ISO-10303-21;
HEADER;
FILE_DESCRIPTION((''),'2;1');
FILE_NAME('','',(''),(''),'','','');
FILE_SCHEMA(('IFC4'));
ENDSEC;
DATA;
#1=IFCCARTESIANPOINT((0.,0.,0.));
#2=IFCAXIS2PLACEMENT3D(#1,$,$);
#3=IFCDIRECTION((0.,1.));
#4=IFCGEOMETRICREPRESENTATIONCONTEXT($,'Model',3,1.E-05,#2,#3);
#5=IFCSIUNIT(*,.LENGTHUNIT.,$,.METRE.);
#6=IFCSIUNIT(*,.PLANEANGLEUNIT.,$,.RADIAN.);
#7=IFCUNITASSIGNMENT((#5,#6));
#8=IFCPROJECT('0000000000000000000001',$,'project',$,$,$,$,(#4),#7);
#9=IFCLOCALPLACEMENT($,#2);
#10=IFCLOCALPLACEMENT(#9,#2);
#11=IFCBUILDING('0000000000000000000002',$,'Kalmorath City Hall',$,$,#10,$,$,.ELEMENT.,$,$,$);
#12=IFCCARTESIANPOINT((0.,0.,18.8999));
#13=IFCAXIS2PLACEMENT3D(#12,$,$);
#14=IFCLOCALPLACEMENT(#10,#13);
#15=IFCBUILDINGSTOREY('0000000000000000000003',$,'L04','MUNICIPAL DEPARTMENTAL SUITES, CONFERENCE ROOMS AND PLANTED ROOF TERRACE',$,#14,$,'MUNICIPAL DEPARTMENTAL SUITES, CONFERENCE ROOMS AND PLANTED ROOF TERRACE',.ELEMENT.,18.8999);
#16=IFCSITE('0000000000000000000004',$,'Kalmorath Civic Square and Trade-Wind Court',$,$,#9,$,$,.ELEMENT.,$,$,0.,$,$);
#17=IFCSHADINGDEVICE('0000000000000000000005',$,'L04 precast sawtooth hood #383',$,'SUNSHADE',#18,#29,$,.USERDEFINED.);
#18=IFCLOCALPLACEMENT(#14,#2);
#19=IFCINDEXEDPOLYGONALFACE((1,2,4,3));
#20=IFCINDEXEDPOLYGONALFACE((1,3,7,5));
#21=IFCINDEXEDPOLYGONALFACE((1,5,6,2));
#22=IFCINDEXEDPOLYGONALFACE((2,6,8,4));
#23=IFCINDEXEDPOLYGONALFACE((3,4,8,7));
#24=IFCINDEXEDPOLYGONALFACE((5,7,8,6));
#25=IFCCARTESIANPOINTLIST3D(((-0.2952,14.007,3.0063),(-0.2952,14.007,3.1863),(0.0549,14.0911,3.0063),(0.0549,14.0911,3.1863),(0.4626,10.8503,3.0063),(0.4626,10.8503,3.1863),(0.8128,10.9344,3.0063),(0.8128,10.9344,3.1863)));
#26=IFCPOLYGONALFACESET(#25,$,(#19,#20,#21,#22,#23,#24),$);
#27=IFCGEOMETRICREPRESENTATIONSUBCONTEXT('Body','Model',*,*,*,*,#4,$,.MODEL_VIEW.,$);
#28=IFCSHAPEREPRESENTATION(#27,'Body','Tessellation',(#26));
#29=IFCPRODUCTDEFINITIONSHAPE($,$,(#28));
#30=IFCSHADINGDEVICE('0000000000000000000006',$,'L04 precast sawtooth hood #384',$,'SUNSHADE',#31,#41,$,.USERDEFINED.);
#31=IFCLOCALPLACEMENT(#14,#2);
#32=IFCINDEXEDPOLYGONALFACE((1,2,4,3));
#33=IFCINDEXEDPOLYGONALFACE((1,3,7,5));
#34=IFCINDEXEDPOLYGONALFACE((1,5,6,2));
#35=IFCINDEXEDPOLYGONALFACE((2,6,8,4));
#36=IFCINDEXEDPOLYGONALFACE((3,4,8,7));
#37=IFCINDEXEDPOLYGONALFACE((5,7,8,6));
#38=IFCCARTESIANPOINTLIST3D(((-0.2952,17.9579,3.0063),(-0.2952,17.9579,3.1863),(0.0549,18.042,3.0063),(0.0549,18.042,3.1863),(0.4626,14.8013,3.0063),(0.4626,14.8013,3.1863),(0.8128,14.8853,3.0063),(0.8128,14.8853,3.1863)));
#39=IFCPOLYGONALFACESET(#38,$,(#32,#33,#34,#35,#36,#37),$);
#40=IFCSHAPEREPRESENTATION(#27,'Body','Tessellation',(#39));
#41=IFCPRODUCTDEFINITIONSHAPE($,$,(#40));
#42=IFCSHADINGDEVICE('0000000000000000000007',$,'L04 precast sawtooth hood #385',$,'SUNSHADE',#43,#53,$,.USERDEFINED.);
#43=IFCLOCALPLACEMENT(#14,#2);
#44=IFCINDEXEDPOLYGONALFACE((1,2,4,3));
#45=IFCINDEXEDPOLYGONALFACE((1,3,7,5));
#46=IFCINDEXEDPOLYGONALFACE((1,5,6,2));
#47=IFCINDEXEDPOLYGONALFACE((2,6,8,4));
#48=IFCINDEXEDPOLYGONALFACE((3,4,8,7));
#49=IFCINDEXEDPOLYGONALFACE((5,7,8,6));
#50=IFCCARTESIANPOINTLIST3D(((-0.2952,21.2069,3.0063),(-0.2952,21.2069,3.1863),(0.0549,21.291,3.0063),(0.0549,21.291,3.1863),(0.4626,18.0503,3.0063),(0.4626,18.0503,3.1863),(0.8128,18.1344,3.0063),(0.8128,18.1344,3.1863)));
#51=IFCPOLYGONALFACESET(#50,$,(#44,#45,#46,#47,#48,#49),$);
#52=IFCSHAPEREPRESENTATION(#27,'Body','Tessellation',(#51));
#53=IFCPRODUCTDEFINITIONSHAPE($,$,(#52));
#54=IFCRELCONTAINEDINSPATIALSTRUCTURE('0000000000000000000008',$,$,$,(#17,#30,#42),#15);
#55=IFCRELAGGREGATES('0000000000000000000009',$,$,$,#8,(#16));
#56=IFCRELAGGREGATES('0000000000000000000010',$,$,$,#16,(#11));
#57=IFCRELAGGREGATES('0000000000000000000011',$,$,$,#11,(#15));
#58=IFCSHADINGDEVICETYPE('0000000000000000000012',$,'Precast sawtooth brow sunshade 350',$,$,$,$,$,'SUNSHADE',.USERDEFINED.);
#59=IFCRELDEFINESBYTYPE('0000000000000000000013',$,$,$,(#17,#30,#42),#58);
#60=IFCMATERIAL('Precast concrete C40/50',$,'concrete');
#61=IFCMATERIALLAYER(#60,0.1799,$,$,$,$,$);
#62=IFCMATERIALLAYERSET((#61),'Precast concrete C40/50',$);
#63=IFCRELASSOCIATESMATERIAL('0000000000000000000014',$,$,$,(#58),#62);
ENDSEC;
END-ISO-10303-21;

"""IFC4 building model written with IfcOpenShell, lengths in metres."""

from ifc_helpers import new_model, si_unit, direction, frame, origin, origin_2d, place, context, subcontext, project, spatial, rectangle, extrude, material, layer, layer_set, type_object, element, save


model = new_model("IFC4")

# Units and contexts
model_context = context("Model", 3, precision=1e-05, world=origin(), true_north=direction((0.0, 1.0)))
body_context = subcontext(model_context, "Body", "Model", "MODEL_VIEW")
ifc_project = project(units=[si_unit("LENGTHUNIT", "METRE"), si_unit("PLANEANGLEUNIT", "RADIAN")], contexts=[model_context])

# Site, building, storey
site_placement = place(None, origin())
site = spatial("IfcSite", under=ifc_project, at=site_placement, Name="Kalmorath Civic Square and Trade-Wind Court", CompositionType="ELEMENT", RefElevation=0.0)
building_placement = place(site_placement, origin())
building = spatial("IfcBuilding", under=site, at=building_placement, Name="Kalmorath City Hall", CompositionType="ELEMENT")
storey_placement = place(building_placement, frame((0.0, 0.0, 18.8999)))
storey = spatial("IfcBuildingStorey", under=building, at=storey_placement, Name="L04", Description="MUNICIPAL DEPARTMENTAL SUITES, CONFERENCE ROOMS AND PLANTED ROOF TERRACE", LongName="MUNICIPAL DEPARTMENTAL SUITES, CONFERENCE ROOMS AND PLANTED ROOF TERRACE", CompositionType="ELEMENT", Elevation=18.8999)

# Shading devices
ifc_material_1 = material(Name="Precast concrete C40/50", Category="concrete")
ifc_layer_1 = layer(ifc_material_1, 0.1799)
ifc_layer_set_1 = layer_set([ifc_layer_1], Name="Precast concrete C40/50")
shading_device_type = type_object("IfcShadingDeviceType", Name="Precast sawtooth brow sunshade 350", ElementType="SUNSHADE", PredefinedType="USERDEFINED", material=ifc_layer_set_1)
for number, where, z_axis, x_axis, name in (
    (1, (0.2588, 12.4707, 3.0063), (0.0, 0.0, 1.0), (-0.233445, 0.97237, 0.0), "L04 precast sawtooth hood #383"),
    (2, (0.2588, 16.4216, 3.0063), (0.0, 0.0, 1.0), (-0.233445, 0.97237, 0.0), "L04 precast sawtooth hood #384"),
    (3, (0.2588, 19.6707, 3.0063), (0.0, 0.0, 1.0), (-0.233445, 0.97237, 0.0), "L04 precast sawtooth hood #385"),
):
    element("IfcShadingDevice", number, at=place(storey_placement, frame(where, z_axis=z_axis, x_axis=x_axis)), inside=storey, type_object=shading_device_type, Name=name, ObjectType="SUNSHADE", PredefinedType="USERDEFINED", context=body_context, shape_type="SweptSolid", body=[
        extrude(rectangle(XDim=3.2463, YDim=0.3601, at=origin_2d()), origin(), (0.0, 0.0, 1.0), 0.1799),
    ])

save(model, "model.ifc")
